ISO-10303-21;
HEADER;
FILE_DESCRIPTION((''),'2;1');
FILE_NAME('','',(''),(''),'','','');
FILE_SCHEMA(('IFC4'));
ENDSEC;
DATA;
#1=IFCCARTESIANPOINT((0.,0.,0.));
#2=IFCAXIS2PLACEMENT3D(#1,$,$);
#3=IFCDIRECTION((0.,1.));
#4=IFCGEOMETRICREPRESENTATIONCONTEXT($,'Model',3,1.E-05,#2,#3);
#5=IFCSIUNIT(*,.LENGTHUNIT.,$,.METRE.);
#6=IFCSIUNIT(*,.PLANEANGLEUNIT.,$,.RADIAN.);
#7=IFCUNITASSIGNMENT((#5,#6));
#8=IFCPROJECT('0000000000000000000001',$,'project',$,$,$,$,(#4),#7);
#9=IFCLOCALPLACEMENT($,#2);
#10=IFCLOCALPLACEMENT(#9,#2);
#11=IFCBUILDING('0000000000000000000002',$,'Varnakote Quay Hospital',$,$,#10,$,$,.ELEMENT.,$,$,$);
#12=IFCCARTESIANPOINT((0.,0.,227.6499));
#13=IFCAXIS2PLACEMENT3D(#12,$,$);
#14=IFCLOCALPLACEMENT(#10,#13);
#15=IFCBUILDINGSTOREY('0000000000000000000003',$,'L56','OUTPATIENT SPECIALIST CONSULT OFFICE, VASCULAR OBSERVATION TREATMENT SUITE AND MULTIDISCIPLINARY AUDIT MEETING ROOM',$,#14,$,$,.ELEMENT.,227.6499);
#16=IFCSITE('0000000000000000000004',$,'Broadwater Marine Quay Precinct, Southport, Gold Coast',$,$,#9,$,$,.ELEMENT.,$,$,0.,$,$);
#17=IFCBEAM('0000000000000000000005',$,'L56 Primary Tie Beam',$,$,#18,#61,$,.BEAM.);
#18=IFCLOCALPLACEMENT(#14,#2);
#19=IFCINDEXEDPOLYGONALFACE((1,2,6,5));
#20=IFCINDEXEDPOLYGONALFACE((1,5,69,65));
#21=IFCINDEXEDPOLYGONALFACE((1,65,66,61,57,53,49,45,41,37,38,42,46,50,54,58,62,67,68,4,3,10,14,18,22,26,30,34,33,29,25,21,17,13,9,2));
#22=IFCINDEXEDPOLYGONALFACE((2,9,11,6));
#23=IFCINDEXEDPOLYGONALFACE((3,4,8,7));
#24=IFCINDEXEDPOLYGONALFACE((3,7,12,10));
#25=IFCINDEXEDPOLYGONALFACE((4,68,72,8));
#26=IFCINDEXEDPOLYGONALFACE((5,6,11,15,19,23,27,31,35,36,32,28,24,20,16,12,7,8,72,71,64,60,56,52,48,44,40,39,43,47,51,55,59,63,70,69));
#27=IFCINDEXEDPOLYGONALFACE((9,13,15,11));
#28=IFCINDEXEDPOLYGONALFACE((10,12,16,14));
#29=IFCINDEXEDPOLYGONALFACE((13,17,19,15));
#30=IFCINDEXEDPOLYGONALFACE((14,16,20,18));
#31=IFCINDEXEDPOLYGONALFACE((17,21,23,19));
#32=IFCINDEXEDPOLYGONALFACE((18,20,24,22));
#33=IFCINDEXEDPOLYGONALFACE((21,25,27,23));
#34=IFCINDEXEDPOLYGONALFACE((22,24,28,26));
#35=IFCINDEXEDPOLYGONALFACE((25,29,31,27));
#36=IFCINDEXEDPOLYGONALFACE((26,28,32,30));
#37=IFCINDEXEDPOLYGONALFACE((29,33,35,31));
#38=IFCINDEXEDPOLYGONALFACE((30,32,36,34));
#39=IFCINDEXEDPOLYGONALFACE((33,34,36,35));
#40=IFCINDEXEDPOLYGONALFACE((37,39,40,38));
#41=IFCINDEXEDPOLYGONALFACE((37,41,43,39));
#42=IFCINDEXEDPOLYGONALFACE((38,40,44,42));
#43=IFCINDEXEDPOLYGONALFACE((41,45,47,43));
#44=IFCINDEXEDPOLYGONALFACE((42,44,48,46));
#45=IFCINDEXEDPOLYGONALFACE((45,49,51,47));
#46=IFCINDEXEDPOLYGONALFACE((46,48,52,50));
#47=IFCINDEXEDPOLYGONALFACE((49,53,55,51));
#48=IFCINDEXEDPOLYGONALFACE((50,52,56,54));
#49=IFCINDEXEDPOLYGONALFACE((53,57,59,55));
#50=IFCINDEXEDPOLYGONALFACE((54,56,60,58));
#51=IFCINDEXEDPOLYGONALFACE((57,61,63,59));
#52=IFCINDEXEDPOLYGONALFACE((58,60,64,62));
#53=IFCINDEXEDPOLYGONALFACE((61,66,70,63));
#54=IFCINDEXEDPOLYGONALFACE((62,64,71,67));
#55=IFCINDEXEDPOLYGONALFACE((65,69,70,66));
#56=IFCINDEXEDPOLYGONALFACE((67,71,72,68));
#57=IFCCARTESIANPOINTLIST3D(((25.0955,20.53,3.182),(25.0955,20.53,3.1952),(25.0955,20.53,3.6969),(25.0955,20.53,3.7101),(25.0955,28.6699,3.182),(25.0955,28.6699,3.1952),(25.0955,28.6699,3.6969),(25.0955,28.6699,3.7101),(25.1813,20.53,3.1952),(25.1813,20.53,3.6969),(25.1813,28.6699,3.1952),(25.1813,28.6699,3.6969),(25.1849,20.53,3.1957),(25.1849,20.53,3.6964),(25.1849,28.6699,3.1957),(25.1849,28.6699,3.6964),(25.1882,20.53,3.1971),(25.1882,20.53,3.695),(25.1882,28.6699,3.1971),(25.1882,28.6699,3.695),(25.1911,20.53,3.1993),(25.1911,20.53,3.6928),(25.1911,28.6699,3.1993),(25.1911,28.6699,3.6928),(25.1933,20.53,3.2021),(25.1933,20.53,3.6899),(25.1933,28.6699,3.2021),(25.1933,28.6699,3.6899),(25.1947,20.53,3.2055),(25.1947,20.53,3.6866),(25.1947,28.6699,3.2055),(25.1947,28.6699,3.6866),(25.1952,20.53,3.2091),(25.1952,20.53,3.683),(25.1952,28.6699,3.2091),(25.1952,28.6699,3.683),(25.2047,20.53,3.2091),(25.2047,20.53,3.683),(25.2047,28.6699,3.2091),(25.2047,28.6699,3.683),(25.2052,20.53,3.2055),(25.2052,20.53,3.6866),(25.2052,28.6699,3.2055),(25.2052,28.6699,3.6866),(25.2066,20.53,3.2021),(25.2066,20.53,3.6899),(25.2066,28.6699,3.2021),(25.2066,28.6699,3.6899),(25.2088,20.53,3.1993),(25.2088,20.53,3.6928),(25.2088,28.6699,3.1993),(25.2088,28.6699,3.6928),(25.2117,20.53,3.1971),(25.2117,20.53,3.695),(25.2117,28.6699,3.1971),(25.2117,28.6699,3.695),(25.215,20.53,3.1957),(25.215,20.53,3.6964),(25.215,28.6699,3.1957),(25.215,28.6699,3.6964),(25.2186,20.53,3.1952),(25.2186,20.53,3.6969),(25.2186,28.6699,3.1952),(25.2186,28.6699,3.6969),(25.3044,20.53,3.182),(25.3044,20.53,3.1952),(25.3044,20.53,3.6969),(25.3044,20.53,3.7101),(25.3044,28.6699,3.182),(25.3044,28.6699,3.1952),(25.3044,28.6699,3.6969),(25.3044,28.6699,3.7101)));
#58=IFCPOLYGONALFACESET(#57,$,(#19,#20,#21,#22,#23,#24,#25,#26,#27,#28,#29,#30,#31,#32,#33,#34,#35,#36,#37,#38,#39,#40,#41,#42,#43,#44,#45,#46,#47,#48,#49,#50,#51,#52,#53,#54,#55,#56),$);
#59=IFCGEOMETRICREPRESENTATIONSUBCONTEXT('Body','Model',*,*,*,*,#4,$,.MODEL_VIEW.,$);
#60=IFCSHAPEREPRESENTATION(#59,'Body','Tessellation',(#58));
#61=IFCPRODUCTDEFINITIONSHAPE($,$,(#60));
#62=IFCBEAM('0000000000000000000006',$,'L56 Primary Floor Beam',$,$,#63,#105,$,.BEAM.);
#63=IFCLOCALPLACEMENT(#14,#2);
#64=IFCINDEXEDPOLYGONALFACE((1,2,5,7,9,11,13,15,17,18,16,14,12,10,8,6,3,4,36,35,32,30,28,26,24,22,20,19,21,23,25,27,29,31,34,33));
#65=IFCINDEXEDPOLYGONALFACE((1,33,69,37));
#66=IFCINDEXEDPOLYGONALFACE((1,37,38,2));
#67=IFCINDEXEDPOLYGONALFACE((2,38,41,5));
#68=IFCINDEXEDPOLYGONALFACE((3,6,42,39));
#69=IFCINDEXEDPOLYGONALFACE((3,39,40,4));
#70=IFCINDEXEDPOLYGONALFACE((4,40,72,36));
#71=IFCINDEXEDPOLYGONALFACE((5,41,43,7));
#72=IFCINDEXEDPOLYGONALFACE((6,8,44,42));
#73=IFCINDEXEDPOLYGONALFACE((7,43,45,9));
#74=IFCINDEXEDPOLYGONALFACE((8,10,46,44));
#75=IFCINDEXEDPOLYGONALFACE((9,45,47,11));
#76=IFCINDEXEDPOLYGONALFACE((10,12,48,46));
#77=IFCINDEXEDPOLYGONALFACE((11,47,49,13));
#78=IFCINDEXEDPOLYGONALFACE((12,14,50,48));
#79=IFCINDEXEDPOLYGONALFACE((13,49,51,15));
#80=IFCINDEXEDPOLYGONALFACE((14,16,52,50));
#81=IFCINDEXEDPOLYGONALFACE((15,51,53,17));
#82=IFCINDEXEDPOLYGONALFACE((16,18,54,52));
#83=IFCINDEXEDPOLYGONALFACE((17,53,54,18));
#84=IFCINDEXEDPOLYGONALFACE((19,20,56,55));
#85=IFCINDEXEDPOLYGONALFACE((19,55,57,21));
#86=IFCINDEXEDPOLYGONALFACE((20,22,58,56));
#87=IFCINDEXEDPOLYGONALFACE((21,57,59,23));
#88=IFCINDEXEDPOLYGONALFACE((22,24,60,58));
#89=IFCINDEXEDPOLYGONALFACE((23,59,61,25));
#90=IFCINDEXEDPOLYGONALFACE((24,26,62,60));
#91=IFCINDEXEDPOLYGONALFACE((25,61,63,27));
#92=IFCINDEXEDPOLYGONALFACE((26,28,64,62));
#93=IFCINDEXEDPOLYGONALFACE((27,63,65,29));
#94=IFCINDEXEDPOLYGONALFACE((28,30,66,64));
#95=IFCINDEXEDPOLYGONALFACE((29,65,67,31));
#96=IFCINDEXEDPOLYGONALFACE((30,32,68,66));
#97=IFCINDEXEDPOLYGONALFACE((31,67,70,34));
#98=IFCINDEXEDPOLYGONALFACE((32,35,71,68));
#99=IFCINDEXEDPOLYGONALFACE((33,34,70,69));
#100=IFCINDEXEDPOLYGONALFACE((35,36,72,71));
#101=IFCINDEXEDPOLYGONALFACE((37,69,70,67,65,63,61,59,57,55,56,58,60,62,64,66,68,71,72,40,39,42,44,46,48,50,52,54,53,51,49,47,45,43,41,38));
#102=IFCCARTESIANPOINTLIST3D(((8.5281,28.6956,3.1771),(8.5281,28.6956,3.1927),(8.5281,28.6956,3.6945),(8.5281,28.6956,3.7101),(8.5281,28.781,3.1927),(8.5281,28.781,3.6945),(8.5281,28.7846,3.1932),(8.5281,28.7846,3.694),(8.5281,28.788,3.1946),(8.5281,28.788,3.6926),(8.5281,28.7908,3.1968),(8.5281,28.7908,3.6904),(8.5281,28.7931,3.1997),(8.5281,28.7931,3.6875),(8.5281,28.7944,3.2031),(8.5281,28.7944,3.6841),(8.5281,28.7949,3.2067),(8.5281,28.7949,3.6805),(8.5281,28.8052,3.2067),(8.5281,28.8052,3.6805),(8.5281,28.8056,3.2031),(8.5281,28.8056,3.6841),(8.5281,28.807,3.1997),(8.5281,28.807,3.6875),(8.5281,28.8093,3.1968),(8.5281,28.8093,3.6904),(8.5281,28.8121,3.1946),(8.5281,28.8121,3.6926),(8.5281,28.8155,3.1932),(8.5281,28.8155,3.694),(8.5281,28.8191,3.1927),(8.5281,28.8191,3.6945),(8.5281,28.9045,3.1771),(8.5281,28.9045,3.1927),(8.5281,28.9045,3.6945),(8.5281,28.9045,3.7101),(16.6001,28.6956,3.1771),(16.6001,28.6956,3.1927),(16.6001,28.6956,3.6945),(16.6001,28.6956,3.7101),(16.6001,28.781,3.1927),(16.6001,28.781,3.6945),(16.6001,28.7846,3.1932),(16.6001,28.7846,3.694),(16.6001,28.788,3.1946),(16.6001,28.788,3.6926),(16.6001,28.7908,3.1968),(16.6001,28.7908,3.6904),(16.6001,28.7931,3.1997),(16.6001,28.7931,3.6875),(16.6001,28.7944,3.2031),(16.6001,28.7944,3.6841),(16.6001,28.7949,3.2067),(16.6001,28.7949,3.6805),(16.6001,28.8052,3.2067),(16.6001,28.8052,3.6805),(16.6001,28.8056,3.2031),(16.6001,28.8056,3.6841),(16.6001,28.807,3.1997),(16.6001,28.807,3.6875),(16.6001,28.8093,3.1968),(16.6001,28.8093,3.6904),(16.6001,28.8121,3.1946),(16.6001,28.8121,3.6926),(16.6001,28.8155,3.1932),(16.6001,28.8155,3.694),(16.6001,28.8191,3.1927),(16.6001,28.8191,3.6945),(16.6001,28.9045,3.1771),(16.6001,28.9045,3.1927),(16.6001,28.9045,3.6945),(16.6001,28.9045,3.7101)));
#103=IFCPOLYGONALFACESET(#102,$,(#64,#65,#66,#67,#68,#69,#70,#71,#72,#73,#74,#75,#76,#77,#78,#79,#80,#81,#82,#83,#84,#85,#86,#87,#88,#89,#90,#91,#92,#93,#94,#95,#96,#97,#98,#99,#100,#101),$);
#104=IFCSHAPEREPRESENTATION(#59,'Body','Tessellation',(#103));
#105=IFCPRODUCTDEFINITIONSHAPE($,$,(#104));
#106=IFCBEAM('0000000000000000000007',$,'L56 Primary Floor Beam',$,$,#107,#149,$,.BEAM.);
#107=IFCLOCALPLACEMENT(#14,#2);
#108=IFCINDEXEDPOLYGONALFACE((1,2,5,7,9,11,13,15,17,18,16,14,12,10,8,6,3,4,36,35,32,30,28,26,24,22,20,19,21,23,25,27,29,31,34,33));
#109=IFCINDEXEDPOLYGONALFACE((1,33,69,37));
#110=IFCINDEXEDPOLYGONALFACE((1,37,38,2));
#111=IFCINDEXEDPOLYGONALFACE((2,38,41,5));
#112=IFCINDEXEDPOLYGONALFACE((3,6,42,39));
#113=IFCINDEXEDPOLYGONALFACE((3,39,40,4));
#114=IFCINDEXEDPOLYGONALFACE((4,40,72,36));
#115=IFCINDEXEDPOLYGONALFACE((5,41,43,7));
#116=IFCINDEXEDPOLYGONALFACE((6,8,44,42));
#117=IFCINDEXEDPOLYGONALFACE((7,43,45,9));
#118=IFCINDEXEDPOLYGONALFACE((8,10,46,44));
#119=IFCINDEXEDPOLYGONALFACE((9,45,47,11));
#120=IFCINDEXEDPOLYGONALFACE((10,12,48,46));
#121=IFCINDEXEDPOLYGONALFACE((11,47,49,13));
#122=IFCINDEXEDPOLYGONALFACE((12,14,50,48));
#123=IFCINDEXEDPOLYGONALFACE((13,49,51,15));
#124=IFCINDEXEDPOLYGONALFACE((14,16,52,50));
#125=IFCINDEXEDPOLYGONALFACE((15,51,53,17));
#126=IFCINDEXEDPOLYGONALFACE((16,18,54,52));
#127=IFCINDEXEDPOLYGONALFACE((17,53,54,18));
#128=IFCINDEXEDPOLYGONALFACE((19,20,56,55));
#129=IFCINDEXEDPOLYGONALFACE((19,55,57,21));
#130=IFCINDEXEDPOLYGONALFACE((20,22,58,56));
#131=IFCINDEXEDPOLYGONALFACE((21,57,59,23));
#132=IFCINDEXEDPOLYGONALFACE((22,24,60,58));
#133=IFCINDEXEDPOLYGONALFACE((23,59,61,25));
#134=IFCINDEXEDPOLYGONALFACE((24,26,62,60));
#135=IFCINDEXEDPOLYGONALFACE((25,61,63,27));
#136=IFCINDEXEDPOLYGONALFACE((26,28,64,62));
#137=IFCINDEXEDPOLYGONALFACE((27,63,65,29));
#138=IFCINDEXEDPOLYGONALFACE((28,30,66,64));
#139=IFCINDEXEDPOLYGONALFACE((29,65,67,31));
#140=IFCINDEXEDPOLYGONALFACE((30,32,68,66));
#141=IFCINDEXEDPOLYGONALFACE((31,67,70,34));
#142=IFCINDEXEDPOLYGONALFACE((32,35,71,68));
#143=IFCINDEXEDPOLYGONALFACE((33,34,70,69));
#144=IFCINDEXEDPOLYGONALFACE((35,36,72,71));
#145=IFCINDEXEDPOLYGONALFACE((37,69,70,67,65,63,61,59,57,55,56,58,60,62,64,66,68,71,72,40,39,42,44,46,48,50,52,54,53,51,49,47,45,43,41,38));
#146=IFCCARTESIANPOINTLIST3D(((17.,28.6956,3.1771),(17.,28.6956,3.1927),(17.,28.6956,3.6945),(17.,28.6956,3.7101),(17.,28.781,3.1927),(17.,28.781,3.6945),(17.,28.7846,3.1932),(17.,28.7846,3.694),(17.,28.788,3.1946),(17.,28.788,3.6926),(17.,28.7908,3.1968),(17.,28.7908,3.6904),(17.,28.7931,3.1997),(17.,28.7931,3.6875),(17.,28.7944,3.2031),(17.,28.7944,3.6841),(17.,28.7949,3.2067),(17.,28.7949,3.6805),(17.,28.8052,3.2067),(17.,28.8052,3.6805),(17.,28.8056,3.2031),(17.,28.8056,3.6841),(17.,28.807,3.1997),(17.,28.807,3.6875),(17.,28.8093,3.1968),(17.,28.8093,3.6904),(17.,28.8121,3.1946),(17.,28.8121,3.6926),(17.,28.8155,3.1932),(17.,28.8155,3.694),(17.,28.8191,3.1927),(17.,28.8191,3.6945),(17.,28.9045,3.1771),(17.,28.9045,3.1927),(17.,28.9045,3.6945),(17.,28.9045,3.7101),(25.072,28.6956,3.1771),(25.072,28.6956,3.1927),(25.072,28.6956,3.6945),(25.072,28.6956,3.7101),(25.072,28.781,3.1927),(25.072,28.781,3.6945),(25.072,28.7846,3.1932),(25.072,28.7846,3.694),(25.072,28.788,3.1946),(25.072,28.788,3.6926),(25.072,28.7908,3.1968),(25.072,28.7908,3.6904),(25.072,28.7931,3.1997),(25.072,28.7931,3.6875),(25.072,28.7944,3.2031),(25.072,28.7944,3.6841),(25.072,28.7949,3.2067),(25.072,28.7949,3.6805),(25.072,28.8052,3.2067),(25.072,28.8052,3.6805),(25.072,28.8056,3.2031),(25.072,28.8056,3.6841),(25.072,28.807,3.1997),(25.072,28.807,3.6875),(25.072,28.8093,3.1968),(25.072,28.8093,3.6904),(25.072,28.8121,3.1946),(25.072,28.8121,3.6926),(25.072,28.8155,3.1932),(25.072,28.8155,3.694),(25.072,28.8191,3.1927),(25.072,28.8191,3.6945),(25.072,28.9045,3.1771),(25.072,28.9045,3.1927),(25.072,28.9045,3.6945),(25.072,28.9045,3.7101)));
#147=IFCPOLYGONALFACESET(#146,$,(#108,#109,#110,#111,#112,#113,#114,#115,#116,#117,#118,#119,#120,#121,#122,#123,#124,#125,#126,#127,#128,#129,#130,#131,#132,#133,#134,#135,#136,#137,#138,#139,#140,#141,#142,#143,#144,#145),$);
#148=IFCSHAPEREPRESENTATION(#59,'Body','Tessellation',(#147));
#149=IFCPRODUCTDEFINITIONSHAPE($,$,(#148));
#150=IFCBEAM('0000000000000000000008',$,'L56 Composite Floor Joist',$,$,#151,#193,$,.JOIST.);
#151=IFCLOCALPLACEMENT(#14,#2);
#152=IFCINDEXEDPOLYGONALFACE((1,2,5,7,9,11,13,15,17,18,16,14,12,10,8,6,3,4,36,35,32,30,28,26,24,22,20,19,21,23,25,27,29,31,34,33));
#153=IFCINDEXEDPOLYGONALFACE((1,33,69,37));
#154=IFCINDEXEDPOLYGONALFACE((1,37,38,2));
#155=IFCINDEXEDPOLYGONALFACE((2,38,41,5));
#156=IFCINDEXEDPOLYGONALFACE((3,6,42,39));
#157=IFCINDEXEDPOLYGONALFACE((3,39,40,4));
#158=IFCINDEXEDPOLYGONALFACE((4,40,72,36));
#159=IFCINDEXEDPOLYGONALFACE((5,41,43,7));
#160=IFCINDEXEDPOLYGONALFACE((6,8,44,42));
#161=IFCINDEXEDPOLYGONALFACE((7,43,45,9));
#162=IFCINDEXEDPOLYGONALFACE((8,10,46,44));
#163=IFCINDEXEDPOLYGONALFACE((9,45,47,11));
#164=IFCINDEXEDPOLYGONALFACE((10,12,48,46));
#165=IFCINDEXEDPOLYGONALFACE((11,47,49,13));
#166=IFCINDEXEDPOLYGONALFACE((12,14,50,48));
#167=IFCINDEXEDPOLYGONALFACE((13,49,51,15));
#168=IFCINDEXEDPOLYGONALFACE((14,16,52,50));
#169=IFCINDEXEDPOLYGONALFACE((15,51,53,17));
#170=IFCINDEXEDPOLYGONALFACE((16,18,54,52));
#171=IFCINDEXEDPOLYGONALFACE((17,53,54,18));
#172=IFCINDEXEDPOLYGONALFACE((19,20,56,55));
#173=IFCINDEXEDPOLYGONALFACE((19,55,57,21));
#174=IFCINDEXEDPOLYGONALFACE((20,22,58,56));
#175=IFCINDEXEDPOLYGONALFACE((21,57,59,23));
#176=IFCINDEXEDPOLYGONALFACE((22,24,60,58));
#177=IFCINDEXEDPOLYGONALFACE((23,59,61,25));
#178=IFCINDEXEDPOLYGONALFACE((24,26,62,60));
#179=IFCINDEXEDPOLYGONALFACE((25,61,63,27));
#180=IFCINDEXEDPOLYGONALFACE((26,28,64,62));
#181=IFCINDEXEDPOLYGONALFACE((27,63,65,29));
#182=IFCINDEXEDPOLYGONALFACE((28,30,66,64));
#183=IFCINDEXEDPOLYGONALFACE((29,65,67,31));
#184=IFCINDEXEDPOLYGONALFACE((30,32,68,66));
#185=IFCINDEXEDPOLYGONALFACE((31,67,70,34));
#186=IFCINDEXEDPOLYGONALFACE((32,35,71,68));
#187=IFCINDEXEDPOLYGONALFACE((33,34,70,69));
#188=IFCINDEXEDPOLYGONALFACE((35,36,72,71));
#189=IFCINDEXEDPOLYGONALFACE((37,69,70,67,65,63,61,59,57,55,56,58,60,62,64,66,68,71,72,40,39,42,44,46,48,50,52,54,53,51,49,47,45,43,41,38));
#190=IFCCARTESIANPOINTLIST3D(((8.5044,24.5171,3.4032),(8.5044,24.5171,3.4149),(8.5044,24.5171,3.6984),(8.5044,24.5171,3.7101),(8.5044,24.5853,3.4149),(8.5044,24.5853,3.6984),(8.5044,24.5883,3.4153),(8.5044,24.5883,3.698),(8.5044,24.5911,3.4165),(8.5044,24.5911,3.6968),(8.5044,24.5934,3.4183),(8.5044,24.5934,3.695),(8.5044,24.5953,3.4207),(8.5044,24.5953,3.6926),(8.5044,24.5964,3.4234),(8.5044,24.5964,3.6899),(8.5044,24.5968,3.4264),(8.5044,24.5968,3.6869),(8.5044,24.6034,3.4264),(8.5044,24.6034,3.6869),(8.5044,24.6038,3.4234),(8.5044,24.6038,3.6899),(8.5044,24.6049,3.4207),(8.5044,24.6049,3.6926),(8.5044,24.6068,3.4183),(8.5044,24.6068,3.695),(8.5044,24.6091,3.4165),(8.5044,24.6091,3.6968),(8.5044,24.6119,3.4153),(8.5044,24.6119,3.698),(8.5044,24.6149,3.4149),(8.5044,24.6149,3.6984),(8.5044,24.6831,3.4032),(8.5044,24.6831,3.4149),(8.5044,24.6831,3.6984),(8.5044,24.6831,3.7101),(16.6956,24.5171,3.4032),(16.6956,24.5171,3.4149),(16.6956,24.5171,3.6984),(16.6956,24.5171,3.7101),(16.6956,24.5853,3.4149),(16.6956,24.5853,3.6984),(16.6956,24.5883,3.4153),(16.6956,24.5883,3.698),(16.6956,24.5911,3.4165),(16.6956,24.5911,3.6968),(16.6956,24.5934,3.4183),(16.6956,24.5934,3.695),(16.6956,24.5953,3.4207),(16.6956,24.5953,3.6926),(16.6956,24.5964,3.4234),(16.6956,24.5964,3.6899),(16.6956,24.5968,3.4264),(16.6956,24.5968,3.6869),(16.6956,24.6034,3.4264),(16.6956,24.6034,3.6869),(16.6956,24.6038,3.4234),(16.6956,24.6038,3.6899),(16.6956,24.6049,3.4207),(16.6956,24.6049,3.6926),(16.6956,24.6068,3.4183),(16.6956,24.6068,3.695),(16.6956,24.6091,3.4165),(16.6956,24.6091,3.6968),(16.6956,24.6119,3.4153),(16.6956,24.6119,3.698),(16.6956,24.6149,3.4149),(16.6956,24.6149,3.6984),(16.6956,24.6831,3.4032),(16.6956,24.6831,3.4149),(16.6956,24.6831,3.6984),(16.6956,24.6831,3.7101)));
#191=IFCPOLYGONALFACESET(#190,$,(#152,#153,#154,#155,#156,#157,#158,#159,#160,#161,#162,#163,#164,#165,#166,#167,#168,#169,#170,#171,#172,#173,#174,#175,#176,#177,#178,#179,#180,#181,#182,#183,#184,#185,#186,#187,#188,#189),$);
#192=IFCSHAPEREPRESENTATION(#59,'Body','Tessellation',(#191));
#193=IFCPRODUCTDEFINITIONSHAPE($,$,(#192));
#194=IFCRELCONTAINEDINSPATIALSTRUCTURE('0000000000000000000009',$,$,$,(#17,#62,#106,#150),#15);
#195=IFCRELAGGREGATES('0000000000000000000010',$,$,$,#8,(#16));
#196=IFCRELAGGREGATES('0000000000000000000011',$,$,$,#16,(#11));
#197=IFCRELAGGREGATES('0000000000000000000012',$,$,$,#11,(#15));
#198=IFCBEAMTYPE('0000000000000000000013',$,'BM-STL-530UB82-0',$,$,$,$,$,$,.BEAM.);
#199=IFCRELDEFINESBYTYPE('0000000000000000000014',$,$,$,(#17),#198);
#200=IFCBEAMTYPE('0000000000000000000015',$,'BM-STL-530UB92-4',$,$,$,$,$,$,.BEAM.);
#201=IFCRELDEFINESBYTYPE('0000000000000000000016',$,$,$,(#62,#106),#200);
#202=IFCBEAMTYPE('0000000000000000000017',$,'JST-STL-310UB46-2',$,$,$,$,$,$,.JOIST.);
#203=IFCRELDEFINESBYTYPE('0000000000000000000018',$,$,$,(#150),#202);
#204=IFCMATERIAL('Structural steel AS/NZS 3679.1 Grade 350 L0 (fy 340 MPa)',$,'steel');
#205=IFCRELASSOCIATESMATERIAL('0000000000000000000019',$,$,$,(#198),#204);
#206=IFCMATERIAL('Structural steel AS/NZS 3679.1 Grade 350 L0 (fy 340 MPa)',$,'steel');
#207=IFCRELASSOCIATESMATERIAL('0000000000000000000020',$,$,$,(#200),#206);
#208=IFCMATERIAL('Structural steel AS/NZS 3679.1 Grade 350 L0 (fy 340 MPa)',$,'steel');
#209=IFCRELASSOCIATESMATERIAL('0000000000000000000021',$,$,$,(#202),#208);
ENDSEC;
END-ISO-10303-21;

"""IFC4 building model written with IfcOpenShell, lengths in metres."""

from ifc_helpers import new_model, si_unit, direction, frame, origin, origin_2d, place, context, subcontext, project, spatial, i_section, extrude, material, material_profile, profile_set, type_object, element, save


model = new_model("IFC4")

# Units and contexts
model_context = context("Model", 3, precision=1e-05, world=origin(), true_north=direction((0.0, 1.0)))
body_context = subcontext(model_context, "Body", "Model", "MODEL_VIEW")
ifc_project = project(units=[si_unit("LENGTHUNIT", "METRE"), si_unit("PLANEANGLEUNIT", "RADIAN")], contexts=[model_context])

# Site, building, storey
site_placement = place(None, origin())
site = spatial("IfcSite", under=ifc_project, at=site_placement, Name="Broadwater Marine Quay Precinct, Southport, Gold Coast", CompositionType="ELEMENT", RefElevation=0.0)
building_placement = place(site_placement, origin())
building = spatial("IfcBuilding", under=site, at=building_placement, Name="Varnakote Quay Hospital", CompositionType="ELEMENT")
storey_placement = place(building_placement, frame((0.0, 0.0, 227.6499)))
storey = spatial("IfcBuildingStorey", under=building, at=storey_placement, Name="L56", Description="OUTPATIENT SPECIALIST CONSULT OFFICE, VASCULAR OBSERVATION TREATMENT SUITE AND MULTIDISCIPLINARY AUDIT MEETING ROOM", CompositionType="ELEMENT", Elevation=227.6499)

# Beams
ifc_material_1 = material(Name="Structural steel AS/NZS 3679.1 Grade 350 L0 (fy 340 MPa)", Category="steel")
ifc_material_profile_1 = material_profile(ifc_material_1, i_section(OverallWidth=0.209, OverallDepth=0.5281, WebThickness=0.0095, FlangeThickness=0.0132, FilletRadius=0.0139, at=origin_2d()), Name="530UB82.0")
ifc_profile_set_1 = profile_set([ifc_material_profile_1], Name="Structural steel AS/NZS 3679.1 Grade 350 L0 (fy 340 MPa)")
beam_type_1 = type_object("IfcBeamType", Name="BM-STL-530UB82-0", PredefinedType="BEAM", material=ifc_profile_set_1)
beam_1_placement = place(storey_placement, frame((25.2, 20.53, 3.446), z_axis=(0.0, 1.0, 0.0), x_axis=(-1.0, 0.0, 0.0)))
element("IfcBeam", 1, at=beam_1_placement, inside=storey, type_object=beam_type_1, Name="L56 Primary Tie Beam", PredefinedType="BEAM", context=body_context, shape_type="SweptSolid", body=[
    extrude(i_section(OverallWidth=0.209, OverallDepth=0.5281, WebThickness=0.0095, FlangeThickness=0.0132, FilletRadius=0.0139, at=origin_2d()), origin(), (0.0, 0.0, 1.0), 8.1399),
])
ifc_material_2 = material(Name="Structural steel AS/NZS 3679.1 Grade 350 L0 (fy 340 MPa)", Category="steel")
ifc_material_profile_2 = material_profile(ifc_material_2, i_section(OverallWidth=0.209, OverallDepth=0.533, WebThickness=0.0103, FlangeThickness=0.0156, FilletRadius=0.0139, at=origin_2d()), Name="530UB92.4")
ifc_profile_set_2 = profile_set([ifc_material_profile_2], Name="Structural steel AS/NZS 3679.1 Grade 350 L0 (fy 340 MPa)")
beam_type_2 = type_object("IfcBeamType", Name="BM-STL-530UB92-4", PredefinedType="BEAM", material=ifc_profile_set_2)
for number, where, z_axis, x_axis, name in (
    (2, (8.5281, 28.8, 3.4436), (1.0, 0.0, 0.0), (0.0, 1.0, 0.0), "L56 Primary Floor Beam"),
    (3, (17.0, 28.8, 3.4436), (1.0, 0.0, 0.0), (0.0, 1.0, 0.0), "L56 Primary Floor Beam"),
):
    element("IfcBeam", number, at=place(storey_placement, frame(where, z_axis=z_axis, x_axis=x_axis)), inside=storey, type_object=beam_type_2, Name=name, PredefinedType="BEAM", context=body_context, shape_type="SweptSolid", body=[
        extrude(i_section(OverallWidth=0.209, OverallDepth=0.533, WebThickness=0.0103, FlangeThickness=0.0156, FilletRadius=0.0139, at=origin_2d()), origin(), (0.0, 0.0, 1.0), 8.072),
    ])
ifc_material_3 = material(Name="Structural steel AS/NZS 3679.1 Grade 350 L0 (fy 340 MPa)", Category="steel")
ifc_material_profile_3 = material_profile(ifc_material_3, i_section(OverallWidth=0.166, OverallDepth=0.3069, WebThickness=0.0066, FlangeThickness=0.0117, FilletRadius=0.0115, at=origin_2d()), Name="310UB46.2")
ifc_profile_set_3 = profile_set([ifc_material_profile_3], Name="Structural steel AS/NZS 3679.1 Grade 350 L0 (fy 340 MPa)")
beam_type_3 = type_object("IfcBeamType", Name="JST-STL-310UB46-2", PredefinedType="JOIST", material=ifc_profile_set_3)
beam_2_placement = place(storey_placement, frame((8.5044, 24.6001, 3.5566), z_axis=(1.0, 0.0, 0.0), x_axis=(0.0, 1.0, 0.0)))
element("IfcBeam", 4, at=beam_2_placement, inside=storey, type_object=beam_type_3, Name="L56 Composite Floor Joist", PredefinedType="JOIST", context=body_context, shape_type="SweptSolid", body=[
    extrude(i_section(OverallWidth=0.166, OverallDepth=0.3069, WebThickness=0.0066, FlangeThickness=0.0117, FilletRadius=0.0115, at=origin_2d()), origin(), (0.0, 0.0, 1.0), 8.1912),
])

save(model, "model.ifc")
